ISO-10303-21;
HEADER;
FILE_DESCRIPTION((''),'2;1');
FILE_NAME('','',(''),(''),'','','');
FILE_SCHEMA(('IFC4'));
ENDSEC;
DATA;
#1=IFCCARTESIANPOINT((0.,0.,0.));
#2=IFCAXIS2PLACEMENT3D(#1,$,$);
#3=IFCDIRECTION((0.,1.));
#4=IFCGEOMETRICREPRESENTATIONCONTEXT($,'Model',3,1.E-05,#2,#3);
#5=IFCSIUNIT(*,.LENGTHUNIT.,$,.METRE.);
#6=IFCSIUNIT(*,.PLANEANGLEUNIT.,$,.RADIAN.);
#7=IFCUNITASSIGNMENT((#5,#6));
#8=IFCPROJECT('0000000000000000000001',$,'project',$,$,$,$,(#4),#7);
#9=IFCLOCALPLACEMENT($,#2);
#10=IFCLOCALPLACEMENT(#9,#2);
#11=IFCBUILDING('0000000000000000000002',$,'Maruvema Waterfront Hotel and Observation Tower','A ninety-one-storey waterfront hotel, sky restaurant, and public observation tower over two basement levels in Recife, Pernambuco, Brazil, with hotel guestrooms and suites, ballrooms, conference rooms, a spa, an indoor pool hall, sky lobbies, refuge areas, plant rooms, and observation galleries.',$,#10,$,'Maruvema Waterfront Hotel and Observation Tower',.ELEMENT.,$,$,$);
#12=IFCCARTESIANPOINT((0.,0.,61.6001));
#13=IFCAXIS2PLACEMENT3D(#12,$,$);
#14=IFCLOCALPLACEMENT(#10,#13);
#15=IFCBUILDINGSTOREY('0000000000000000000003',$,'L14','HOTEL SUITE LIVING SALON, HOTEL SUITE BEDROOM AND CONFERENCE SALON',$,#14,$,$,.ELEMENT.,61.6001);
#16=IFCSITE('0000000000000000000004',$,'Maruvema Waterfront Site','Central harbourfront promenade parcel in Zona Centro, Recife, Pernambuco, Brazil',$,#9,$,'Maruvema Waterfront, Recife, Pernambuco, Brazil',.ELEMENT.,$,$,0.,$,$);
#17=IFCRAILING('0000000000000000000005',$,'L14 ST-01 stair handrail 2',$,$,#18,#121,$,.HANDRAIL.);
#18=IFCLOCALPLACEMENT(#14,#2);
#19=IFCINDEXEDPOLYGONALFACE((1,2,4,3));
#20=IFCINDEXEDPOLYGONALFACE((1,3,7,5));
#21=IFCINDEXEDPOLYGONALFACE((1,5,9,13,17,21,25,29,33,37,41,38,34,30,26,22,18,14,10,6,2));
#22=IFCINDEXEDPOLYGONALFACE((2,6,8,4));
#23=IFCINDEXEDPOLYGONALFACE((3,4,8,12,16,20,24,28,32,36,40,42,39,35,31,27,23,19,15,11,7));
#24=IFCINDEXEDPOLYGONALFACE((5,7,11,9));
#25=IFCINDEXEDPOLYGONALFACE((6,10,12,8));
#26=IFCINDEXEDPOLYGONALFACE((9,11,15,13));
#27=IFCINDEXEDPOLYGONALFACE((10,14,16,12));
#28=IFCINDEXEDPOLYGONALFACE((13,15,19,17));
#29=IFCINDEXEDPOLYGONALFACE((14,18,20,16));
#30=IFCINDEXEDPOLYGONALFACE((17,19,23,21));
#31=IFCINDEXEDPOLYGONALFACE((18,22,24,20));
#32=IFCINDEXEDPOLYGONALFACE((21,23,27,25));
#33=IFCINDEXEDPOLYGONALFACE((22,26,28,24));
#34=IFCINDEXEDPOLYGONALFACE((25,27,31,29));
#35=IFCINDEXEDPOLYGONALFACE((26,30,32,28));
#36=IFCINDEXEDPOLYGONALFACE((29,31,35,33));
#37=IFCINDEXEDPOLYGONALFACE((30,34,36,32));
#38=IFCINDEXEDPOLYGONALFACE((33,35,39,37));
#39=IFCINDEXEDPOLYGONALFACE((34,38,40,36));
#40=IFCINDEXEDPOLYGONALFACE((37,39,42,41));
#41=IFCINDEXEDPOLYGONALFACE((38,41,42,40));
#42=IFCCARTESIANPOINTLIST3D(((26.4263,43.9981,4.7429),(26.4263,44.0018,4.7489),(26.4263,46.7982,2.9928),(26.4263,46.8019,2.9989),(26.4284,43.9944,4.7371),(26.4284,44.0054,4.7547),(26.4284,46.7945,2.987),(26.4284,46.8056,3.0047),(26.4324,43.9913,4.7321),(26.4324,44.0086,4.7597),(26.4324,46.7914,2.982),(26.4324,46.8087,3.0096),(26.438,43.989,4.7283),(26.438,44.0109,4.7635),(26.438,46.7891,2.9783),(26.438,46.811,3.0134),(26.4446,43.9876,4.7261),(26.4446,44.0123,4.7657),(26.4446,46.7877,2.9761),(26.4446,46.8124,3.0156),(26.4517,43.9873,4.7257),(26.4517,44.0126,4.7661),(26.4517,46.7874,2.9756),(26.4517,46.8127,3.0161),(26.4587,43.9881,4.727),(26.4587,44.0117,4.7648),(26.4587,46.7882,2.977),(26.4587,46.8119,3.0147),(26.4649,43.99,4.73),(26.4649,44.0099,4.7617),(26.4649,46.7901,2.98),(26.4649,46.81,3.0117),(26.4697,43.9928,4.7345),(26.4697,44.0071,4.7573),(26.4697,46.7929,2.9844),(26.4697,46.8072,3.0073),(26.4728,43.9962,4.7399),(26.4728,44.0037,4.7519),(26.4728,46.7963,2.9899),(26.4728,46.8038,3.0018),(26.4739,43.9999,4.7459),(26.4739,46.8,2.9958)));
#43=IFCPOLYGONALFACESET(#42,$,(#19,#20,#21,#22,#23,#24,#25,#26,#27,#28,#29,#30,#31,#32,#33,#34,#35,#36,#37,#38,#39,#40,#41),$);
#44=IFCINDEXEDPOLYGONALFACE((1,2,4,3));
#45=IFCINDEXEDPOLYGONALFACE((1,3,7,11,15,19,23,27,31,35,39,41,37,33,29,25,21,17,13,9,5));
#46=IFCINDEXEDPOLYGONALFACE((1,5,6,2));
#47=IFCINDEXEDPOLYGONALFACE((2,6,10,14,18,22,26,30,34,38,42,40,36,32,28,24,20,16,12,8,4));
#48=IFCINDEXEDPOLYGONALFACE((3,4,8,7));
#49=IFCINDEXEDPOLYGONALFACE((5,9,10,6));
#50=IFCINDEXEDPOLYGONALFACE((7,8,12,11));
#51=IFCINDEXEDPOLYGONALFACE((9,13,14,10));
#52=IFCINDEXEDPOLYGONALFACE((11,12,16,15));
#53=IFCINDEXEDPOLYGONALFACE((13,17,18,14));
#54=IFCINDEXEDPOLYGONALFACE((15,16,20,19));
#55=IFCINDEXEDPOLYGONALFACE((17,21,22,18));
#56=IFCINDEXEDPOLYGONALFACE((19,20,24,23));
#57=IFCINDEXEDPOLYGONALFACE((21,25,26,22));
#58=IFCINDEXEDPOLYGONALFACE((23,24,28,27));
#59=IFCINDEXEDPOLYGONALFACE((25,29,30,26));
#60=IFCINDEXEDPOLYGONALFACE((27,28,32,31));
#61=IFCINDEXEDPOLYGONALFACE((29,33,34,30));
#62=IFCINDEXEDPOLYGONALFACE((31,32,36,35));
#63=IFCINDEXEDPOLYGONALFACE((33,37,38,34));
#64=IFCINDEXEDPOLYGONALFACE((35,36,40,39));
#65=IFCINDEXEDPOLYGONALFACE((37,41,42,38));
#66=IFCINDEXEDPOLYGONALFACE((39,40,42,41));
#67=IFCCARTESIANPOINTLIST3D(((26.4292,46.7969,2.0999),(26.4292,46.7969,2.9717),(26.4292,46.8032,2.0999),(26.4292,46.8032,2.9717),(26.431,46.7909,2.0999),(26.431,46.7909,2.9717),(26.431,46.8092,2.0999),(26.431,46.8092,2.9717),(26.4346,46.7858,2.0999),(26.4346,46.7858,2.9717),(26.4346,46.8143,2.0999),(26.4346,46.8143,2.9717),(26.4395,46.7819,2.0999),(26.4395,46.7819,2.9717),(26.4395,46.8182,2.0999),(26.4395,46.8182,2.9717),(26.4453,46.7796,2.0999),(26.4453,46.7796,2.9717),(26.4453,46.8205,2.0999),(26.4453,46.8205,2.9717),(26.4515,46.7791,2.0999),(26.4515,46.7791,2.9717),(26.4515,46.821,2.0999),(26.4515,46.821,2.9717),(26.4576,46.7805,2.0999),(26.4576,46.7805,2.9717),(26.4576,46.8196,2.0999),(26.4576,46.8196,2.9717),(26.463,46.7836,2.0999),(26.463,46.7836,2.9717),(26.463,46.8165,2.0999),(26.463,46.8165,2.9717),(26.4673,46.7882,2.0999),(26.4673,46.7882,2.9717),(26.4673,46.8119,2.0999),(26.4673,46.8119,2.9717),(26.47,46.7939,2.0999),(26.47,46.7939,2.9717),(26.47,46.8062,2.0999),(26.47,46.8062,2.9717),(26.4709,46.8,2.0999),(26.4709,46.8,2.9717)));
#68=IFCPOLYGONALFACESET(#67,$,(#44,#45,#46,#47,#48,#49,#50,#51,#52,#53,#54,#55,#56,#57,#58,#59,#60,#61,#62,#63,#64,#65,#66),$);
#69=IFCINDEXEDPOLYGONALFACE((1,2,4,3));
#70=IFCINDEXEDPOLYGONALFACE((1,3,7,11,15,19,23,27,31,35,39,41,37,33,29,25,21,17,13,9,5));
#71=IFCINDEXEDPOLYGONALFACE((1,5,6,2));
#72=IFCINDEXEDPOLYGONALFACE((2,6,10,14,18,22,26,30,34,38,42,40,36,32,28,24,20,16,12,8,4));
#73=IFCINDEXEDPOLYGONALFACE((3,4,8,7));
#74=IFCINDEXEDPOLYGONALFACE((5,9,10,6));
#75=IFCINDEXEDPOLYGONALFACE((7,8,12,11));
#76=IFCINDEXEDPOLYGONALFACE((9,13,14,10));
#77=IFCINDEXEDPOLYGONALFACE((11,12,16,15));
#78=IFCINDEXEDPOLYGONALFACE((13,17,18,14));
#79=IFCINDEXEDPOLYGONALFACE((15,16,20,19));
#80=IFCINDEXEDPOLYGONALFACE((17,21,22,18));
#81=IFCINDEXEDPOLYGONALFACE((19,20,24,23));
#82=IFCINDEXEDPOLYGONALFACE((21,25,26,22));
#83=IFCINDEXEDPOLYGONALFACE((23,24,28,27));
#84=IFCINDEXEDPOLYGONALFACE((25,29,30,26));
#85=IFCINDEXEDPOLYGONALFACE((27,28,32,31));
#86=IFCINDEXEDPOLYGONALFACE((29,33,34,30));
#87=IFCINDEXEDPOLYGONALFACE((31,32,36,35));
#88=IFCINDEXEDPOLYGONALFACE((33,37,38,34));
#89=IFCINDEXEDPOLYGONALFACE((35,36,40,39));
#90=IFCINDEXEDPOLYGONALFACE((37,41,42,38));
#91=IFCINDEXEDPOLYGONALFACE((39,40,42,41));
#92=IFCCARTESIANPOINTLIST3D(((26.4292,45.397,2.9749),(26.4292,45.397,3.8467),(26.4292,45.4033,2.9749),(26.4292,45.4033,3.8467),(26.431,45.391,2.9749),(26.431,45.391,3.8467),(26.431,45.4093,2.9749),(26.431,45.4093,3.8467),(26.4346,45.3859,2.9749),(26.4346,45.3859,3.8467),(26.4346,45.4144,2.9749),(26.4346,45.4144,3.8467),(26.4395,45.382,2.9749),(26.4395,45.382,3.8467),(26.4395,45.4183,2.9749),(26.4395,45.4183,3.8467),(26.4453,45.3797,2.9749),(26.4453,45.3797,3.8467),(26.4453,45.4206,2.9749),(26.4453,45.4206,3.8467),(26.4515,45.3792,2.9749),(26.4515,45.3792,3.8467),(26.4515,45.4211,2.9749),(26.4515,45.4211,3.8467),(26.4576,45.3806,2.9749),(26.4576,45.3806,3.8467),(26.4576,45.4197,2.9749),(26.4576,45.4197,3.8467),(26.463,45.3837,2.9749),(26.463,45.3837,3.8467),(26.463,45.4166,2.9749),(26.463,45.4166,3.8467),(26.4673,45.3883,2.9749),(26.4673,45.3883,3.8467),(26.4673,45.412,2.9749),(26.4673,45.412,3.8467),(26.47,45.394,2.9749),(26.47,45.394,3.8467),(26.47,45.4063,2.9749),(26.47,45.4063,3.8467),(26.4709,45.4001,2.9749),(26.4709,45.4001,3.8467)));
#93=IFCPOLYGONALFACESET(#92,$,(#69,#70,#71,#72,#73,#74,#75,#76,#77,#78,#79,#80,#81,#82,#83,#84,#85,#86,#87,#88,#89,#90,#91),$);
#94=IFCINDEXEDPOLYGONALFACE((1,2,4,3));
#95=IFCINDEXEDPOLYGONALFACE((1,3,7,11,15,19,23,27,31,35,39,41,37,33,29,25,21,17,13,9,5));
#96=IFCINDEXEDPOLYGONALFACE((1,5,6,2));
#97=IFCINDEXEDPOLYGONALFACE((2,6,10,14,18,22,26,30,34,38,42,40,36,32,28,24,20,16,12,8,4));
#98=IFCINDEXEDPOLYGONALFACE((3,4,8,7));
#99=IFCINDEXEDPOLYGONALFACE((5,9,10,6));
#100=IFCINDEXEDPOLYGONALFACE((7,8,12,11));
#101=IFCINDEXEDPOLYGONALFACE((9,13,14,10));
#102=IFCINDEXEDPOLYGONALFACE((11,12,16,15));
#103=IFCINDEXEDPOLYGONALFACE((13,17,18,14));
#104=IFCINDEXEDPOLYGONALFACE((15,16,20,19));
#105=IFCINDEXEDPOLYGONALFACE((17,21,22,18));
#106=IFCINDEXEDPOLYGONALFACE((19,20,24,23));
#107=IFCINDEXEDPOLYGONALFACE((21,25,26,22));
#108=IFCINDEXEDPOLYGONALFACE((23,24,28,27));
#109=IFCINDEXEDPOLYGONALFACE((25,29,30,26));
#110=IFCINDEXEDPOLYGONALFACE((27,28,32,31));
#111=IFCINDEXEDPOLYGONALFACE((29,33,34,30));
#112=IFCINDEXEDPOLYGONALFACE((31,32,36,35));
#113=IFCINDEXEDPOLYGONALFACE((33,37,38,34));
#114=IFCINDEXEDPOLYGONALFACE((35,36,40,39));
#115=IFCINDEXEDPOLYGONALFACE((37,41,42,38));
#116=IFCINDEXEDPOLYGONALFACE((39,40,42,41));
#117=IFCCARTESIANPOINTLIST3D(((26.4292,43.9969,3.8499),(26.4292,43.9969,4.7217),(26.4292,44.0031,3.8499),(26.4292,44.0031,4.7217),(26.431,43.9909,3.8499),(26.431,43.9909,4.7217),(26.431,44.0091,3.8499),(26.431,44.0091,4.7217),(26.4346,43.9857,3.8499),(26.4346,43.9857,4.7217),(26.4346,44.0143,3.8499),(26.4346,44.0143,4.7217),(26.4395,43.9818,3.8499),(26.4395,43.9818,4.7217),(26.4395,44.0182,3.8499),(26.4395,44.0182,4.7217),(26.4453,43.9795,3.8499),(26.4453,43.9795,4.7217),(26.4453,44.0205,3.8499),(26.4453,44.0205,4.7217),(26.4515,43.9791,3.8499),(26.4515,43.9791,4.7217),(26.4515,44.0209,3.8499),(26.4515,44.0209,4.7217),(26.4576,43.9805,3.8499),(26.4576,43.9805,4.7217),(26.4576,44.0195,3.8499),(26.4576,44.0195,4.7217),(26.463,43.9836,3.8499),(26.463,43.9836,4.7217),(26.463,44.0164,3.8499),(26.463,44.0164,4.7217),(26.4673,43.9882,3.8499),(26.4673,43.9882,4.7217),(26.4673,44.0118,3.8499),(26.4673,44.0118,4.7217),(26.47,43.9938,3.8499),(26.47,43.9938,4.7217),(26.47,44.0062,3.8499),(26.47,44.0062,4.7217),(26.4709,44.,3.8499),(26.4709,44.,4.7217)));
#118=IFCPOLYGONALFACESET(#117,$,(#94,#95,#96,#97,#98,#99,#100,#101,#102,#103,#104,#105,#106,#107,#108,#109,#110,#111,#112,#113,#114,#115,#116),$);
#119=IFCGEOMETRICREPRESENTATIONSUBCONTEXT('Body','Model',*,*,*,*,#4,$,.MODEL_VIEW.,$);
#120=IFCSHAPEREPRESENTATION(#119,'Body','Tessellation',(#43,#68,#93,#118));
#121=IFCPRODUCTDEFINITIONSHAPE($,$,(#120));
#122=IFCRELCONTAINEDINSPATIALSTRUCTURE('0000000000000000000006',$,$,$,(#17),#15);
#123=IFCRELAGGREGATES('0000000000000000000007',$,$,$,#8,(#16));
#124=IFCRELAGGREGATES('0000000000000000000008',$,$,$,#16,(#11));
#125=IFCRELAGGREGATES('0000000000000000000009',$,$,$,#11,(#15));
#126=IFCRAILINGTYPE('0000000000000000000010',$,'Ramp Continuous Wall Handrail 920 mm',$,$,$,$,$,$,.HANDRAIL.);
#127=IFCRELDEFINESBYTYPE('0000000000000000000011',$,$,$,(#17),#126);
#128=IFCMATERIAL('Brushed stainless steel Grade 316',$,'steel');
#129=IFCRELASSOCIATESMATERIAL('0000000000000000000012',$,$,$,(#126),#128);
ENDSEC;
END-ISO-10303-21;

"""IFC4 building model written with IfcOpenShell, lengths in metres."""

from ifc_helpers import new_model, si_unit, direction, frame, origin, origin_2d, place, context, subcontext, project, spatial, circle, extrude, material, type_object, element, save


model = new_model("IFC4")

# Units and contexts
model_context = context("Model", 3, precision=1e-05, world=origin(), true_north=direction((0.0, 1.0)))
body_context = subcontext(model_context, "Body", "Model", "MODEL_VIEW")
ifc_project = project(units=[si_unit("LENGTHUNIT", "METRE"), si_unit("PLANEANGLEUNIT", "RADIAN")], contexts=[model_context])

# Site, building, storey
site_placement = place(None, origin())
site = spatial("IfcSite", under=ifc_project, at=site_placement, Name="Maruvema Waterfront Site", Description="Central harbourfront promenade parcel in Zona Centro, Recife, Pernambuco, Brazil", LongName="Maruvema Waterfront, Recife, Pernambuco, Brazil", CompositionType="ELEMENT", RefElevation=0.0)
building_placement = place(site_placement, origin())
building = spatial("IfcBuilding", under=site, at=building_placement, Name="Maruvema Waterfront Hotel and Observation Tower", Description="A ninety-one-storey waterfront hotel, sky restaurant, and public observation tower over two basement levels in Recife, Pernambuco, Brazil, with hotel guestrooms and suites, ballrooms, conference rooms, a spa, an indoor pool hall, sky lobbies, refuge areas, plant rooms, and observation galleries.", LongName="Maruvema Waterfront Hotel and Observation Tower", CompositionType="ELEMENT")
storey_placement = place(building_placement, frame((0.0, 0.0, 61.6001)))
storey = spatial("IfcBuildingStorey", under=building, at=storey_placement, Name="L14", Description="HOTEL SUITE LIVING SALON, HOTEL SUITE BEDROOM AND CONFERENCE SALON", CompositionType="ELEMENT", Elevation=61.6001)

# Railing
ifc_material_1 = material(Name="Brushed stainless steel Grade 316", Category="steel")
railing_type_1 = type_object("IfcRailingType", Name="Ramp Continuous Wall Handrail 920 mm", PredefinedType="HANDRAIL", material=ifc_material_1)
railing_1_placement = place(storey_placement, frame((26.45, 46.8, 2.0999)))
element("IfcRailing", 1, at=railing_1_placement, inside=storey, type_object=railing_type_1, Name="L14 ST-01 stair handrail 2", PredefinedType="HANDRAIL", context=body_context, shape_type="SweptSolid", body=[
    extrude(circle(Radius=0.0239, at=origin_2d()), frame((0.0, 0.0, 0.896), z_axis=(0.0, -0.848002, 0.529992), x_axis=(1.0, 0.0, 0.0)), (0.0, 0.0, 1.0), 3.302),
    extrude(circle(Radius=0.021, at=origin_2d()), origin(), (0.0, 0.0, 1.0), 0.8718),
    extrude(circle(Radius=0.021, at=origin_2d()), frame((0.0, -1.3999, 0.875)), (0.0, 0.0, 1.0), 0.8718),
    extrude(circle(Radius=0.021, at=origin_2d()), frame((0.0, -2.8, 1.75)), (0.0, 0.0, 1.0), 0.8718),
])

save(model, "model.ifc")
